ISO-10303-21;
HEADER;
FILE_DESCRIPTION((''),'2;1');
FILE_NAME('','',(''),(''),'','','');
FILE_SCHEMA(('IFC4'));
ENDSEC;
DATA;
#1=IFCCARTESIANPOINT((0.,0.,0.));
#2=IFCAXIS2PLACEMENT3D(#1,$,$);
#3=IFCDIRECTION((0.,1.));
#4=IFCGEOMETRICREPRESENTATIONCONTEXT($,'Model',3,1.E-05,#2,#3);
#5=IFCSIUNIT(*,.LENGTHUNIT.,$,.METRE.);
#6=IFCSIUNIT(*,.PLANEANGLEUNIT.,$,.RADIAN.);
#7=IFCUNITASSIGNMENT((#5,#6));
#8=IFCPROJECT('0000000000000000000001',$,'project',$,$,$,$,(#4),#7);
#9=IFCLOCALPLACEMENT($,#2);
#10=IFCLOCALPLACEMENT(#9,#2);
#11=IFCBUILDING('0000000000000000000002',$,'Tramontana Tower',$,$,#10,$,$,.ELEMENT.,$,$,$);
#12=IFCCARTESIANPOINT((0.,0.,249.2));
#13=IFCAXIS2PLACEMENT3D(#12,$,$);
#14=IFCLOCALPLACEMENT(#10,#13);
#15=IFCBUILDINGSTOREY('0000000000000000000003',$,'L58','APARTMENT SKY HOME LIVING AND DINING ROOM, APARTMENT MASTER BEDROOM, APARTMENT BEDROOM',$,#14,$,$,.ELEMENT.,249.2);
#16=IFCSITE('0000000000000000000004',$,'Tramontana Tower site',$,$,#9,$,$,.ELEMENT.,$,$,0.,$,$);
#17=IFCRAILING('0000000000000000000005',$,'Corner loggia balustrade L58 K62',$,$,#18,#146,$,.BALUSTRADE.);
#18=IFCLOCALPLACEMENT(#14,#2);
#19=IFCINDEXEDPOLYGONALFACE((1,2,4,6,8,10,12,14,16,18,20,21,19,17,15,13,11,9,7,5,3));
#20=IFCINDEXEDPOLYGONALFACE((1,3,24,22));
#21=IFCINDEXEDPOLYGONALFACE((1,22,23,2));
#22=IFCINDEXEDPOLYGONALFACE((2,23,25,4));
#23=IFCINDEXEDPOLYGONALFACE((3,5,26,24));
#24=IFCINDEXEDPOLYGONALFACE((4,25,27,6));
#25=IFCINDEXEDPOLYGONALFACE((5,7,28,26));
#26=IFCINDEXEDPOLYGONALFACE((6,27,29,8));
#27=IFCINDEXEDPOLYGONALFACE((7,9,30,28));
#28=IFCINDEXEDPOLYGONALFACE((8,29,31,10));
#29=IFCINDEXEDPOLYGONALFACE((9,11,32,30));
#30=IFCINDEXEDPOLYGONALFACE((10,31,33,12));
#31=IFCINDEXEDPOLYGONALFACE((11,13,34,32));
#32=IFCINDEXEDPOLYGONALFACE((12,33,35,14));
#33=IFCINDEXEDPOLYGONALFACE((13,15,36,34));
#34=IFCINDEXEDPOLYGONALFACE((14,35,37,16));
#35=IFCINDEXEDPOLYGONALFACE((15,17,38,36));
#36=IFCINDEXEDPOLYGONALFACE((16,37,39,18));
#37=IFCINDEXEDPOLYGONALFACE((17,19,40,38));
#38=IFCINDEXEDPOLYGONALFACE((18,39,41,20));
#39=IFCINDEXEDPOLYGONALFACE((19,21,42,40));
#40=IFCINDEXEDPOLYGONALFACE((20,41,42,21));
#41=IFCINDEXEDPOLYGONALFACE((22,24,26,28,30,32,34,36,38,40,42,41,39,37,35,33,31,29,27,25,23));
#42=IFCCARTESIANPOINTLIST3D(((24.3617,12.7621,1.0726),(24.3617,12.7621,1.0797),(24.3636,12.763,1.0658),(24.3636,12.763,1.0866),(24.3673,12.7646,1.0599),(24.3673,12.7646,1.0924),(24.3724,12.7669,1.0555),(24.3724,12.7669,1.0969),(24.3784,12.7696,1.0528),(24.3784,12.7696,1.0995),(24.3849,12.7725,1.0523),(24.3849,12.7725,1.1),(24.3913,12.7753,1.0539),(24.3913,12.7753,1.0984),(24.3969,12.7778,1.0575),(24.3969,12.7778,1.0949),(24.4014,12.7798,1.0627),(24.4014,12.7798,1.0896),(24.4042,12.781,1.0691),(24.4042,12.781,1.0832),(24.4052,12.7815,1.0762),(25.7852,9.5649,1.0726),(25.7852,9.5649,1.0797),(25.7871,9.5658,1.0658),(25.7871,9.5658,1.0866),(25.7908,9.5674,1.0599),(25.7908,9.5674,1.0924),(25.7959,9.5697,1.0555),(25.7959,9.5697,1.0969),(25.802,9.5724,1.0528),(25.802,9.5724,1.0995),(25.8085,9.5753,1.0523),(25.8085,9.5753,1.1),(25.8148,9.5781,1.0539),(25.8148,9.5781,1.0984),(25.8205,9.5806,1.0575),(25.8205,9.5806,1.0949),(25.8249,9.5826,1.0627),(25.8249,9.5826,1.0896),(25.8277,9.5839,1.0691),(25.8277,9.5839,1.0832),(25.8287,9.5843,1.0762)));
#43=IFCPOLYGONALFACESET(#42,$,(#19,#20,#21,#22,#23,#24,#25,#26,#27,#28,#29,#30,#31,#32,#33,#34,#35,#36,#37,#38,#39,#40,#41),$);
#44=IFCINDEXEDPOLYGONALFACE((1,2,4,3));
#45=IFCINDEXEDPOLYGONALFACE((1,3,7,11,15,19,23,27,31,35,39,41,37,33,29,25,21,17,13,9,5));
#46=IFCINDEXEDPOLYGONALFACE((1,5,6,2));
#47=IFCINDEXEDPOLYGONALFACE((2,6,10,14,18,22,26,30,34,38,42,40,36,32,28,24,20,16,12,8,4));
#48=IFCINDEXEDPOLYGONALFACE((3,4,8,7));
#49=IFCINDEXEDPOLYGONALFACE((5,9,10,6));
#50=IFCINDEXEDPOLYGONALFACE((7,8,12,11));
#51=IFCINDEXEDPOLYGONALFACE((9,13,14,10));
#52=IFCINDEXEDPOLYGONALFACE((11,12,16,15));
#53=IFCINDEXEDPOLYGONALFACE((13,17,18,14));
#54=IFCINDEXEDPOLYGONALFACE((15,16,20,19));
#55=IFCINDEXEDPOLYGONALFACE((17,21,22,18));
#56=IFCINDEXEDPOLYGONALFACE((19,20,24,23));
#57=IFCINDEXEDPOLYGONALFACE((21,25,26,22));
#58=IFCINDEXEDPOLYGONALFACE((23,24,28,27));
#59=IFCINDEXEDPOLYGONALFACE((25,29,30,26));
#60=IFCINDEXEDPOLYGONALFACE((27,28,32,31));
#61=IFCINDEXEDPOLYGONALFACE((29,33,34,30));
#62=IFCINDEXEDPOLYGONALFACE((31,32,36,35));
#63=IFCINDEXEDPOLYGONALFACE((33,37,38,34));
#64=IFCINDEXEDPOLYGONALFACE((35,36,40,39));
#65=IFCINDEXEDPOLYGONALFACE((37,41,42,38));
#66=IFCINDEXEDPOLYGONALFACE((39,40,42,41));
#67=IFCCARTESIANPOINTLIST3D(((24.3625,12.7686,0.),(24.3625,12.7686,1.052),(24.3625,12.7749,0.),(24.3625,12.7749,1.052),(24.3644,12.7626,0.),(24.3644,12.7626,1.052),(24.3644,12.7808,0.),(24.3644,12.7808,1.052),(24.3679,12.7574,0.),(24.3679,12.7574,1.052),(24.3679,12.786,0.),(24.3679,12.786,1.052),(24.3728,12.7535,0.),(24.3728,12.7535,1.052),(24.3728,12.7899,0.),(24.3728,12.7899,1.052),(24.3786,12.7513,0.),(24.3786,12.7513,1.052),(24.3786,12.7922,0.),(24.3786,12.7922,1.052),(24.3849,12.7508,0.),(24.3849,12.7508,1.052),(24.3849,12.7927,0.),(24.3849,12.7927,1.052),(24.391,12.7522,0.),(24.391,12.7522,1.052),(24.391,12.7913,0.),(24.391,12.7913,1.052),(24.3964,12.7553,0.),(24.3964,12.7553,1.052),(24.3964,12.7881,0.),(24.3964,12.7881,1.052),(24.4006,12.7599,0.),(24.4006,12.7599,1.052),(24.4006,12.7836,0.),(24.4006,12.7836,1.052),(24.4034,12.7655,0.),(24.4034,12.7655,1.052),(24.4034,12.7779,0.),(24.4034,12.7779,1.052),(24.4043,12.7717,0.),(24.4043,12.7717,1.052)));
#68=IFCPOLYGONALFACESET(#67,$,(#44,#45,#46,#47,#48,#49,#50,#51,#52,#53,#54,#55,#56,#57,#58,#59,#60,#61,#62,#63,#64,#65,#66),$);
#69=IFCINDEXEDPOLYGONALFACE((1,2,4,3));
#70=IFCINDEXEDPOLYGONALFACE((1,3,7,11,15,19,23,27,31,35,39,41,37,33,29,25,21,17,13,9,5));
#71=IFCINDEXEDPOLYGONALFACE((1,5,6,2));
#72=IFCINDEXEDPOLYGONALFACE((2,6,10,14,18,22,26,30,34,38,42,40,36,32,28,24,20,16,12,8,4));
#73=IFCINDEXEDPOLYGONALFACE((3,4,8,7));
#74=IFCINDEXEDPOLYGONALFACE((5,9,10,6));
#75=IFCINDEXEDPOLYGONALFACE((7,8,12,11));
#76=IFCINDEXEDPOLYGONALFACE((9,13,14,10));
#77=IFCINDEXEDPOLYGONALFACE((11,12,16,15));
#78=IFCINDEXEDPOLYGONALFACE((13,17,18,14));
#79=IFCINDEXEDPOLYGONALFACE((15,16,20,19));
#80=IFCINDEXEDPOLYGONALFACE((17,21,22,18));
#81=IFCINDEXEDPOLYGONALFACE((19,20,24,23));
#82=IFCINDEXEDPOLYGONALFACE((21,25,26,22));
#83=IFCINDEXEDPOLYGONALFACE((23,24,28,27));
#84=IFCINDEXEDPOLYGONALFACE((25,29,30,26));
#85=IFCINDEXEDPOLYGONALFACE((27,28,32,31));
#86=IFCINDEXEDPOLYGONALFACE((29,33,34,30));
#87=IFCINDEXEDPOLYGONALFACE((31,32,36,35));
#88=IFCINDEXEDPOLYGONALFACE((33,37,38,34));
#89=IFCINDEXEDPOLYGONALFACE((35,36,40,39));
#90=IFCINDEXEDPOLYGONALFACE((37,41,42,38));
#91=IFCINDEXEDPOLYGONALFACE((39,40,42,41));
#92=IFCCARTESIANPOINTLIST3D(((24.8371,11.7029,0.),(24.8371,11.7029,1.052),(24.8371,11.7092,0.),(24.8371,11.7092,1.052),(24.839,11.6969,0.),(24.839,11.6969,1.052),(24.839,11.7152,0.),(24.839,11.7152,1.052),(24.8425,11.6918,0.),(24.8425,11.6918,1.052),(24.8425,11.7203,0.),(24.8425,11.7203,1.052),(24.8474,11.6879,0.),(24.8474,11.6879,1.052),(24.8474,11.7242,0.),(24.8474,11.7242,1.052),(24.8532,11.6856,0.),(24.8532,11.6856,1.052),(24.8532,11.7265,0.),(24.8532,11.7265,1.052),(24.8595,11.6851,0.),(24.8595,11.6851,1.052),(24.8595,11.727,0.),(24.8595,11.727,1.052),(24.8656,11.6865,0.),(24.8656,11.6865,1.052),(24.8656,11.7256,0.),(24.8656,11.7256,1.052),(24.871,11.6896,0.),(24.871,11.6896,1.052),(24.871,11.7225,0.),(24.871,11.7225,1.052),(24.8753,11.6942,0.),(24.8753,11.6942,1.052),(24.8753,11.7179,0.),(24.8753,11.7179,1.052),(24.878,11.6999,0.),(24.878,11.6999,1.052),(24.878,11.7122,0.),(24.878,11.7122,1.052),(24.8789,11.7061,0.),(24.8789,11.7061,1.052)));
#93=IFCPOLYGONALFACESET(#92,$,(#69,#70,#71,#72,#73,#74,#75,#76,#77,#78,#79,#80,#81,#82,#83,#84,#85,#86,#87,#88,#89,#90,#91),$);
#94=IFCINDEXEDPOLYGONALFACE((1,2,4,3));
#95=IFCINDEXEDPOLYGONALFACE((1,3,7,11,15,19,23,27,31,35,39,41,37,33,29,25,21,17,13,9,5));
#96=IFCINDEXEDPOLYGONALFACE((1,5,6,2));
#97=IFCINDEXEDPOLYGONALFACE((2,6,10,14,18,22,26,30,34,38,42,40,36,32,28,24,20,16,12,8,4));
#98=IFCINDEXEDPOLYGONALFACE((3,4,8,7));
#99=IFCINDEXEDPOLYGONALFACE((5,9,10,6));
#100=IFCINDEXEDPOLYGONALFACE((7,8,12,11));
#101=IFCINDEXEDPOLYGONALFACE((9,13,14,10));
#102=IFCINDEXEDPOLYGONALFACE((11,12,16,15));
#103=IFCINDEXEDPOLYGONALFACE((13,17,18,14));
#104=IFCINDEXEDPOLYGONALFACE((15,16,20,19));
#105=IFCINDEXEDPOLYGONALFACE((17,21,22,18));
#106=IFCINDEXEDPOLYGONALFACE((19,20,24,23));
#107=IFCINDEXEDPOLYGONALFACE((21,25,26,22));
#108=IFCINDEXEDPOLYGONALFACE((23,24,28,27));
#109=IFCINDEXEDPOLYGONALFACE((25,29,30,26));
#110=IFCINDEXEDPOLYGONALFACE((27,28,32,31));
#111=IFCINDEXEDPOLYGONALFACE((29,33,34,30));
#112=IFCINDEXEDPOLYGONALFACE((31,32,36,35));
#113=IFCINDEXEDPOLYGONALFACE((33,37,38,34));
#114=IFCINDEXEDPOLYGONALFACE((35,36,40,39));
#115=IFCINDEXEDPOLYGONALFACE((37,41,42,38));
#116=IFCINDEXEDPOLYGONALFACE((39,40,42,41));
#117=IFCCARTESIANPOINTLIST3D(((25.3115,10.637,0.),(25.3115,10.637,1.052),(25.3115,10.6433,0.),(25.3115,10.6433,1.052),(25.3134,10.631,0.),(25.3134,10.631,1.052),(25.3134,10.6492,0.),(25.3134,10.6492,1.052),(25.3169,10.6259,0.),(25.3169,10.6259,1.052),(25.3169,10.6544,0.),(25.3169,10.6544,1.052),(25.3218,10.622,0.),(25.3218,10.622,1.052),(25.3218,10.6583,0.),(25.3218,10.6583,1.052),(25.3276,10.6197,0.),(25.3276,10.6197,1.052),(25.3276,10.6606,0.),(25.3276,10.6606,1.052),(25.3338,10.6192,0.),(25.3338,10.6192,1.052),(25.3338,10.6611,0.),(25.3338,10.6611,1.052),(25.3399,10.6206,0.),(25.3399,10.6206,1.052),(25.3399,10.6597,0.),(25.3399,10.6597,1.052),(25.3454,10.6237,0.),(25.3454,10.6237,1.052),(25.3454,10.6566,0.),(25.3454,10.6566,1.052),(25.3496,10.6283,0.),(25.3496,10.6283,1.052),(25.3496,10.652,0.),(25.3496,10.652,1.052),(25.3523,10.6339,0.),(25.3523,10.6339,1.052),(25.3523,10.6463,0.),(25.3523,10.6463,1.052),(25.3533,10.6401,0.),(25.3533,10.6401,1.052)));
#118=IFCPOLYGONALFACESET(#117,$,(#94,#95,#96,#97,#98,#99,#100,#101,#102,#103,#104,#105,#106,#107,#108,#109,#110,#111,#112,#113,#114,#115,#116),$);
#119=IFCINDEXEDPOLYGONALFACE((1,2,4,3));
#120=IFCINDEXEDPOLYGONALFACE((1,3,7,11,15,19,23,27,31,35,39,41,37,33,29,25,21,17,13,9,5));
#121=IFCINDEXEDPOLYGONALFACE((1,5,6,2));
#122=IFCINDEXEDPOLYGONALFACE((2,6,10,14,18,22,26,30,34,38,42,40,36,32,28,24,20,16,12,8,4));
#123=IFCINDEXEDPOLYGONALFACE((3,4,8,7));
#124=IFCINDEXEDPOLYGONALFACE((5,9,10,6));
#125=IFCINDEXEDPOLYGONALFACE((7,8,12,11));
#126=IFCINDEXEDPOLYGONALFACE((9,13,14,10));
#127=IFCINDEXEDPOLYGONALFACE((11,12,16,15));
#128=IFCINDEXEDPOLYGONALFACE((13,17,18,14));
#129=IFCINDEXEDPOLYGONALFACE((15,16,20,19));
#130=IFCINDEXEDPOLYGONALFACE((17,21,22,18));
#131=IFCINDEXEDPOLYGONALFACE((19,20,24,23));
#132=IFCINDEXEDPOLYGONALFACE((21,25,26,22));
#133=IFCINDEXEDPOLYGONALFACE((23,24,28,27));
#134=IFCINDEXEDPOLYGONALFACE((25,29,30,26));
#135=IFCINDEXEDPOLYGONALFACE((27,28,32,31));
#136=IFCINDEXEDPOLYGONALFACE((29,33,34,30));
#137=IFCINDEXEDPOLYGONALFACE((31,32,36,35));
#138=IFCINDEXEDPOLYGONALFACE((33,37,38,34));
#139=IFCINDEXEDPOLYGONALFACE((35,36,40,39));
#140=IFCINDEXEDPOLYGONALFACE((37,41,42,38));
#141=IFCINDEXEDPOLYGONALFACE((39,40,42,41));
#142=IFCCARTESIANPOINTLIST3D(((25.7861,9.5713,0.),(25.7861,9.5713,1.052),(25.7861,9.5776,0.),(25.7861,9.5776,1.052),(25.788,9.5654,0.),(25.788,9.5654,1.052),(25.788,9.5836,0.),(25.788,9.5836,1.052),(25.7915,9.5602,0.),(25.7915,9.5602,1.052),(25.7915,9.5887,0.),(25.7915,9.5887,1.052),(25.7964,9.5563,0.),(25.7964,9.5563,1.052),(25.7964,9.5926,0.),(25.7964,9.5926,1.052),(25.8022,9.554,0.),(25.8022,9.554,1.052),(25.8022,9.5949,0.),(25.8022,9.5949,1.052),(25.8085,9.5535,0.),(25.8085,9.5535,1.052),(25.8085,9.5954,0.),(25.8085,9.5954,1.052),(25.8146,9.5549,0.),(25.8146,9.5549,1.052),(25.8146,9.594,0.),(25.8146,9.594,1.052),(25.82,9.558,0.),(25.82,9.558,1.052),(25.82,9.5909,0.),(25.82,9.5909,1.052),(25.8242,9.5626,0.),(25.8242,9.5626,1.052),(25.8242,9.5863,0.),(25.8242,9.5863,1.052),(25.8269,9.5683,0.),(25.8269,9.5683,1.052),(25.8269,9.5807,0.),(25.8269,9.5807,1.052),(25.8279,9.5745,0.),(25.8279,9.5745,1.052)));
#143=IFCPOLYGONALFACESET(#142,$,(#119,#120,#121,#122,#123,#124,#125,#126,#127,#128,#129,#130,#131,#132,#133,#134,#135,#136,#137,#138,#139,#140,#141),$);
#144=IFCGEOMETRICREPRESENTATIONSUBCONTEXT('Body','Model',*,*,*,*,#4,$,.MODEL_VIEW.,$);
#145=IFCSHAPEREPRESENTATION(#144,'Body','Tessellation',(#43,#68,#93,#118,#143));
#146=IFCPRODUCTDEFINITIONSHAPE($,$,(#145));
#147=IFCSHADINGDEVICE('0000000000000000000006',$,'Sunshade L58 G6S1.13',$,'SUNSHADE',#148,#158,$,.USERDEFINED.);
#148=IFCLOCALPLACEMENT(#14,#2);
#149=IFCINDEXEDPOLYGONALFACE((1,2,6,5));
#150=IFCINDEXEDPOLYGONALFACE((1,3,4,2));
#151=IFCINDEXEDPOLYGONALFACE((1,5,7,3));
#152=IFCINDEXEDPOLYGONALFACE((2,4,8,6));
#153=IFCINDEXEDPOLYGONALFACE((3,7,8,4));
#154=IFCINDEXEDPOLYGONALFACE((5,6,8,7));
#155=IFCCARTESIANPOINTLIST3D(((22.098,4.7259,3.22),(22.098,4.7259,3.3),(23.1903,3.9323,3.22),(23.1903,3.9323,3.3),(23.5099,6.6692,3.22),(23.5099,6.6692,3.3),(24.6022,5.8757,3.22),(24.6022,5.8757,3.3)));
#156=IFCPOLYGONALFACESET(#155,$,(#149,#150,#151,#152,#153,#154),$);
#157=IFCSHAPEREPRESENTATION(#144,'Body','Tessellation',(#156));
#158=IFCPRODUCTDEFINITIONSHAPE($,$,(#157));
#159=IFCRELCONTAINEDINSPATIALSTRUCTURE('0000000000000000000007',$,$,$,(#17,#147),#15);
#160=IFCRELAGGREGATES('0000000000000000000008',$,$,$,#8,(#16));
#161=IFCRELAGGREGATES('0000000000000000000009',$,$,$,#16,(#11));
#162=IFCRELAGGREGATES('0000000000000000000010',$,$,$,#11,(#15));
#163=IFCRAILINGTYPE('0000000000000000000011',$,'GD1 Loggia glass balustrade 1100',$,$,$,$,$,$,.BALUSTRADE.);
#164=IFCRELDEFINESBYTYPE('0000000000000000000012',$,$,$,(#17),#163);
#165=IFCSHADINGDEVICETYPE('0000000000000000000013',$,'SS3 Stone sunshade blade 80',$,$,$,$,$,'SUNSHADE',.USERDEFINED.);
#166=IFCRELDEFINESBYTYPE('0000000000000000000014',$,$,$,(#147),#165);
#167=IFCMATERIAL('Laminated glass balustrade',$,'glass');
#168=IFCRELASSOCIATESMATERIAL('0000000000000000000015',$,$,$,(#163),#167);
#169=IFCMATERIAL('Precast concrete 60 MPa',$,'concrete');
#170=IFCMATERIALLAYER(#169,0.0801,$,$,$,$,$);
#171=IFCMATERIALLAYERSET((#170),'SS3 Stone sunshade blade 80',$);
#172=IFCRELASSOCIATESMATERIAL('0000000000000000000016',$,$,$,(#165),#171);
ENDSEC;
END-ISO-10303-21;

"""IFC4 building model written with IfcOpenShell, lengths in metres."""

from ifc_helpers import new_model, si_unit, direction, frame, origin, origin_2d, place, context, subcontext, project, spatial, rectangle, circle, extrude, material, layer, layer_set, type_object, element, save


model = new_model("IFC4")

# Units and contexts
model_context = context("Model", 3, precision=1e-05, world=origin(), true_north=direction((0.0, 1.0)))
body_context = subcontext(model_context, "Body", "Model", "MODEL_VIEW")
ifc_project = project(units=[si_unit("LENGTHUNIT", "METRE"), si_unit("PLANEANGLEUNIT", "RADIAN")], contexts=[model_context])

# Site, building, storey
site_placement = place(None, origin())
site = spatial("IfcSite", under=ifc_project, at=site_placement, Name="Tramontana Tower site", CompositionType="ELEMENT", RefElevation=0.0)
building_placement = place(site_placement, origin())
building = spatial("IfcBuilding", under=site, at=building_placement, Name="Tramontana Tower", CompositionType="ELEMENT")
storey_placement = place(building_placement, frame((0.0, 0.0, 249.2)))
storey = spatial("IfcBuildingStorey", under=building, at=storey_placement, Name="L58", Description="APARTMENT SKY HOME LIVING AND DINING ROOM, APARTMENT MASTER BEDROOM, APARTMENT BEDROOM", CompositionType="ELEMENT", Elevation=249.2)

# Railing
ifc_material_1 = material(Name="Laminated glass balustrade", Category="glass")
railing_type = type_object("IfcRailingType", Name="GD1 Loggia glass balustrade 1100", PredefinedType="BALUSTRADE", material=ifc_material_1)
railing_1_placement = place(storey_placement, frame((24.3833, 12.7717, 0.0)))
element("IfcRailing", 1, at=railing_1_placement, inside=storey, type_object=railing_type, Name="Corner loggia balustrade L58 K62", PredefinedType="BALUSTRADE", context=body_context, shape_type="SweptSolid", body=[
    extrude(circle(Radius=0.0239, at=origin_2d()), frame((0.0, 0.0, 1.0762), z_axis=(0.406753, -0.913538, 0.0), x_axis=(0.913538, 0.406753, 0.0)), (0.0, 0.0, 1.0), 3.4998),
    extrude(circle(Radius=0.021, at=origin_2d()), origin(), (0.0, 0.0, 1.0), 1.052),
    extrude(circle(Radius=0.021, at=origin_2d()), frame((0.4746, -1.0657, 0.0)), (0.0, 0.0, 1.0), 1.052),
    extrude(circle(Radius=0.021, at=origin_2d()), frame((0.949, -2.1316, 0.0)), (0.0, 0.0, 1.0), 1.052),
    extrude(circle(Radius=0.021, at=origin_2d()), frame((1.4236, -3.1973, 0.0)), (0.0, 0.0, 1.0), 1.052),
])

# Shading device
ifc_material_2 = material(Name="Precast concrete 60 MPa", Category="concrete")
ifc_layer_1 = layer(ifc_material_2, 0.0801)
ifc_layer_set_1 = layer_set([ifc_layer_1], Name="SS3 Stone sunshade blade 80")
shading_device_type = type_object("IfcShadingDeviceType", Name="SS3 Stone sunshade blade 80", ElementType="SUNSHADE", PredefinedType="USERDEFINED", material=ifc_layer_set_1)
shading_device_placement = place(storey_placement, frame((23.3501, 5.3008, 3.22), z_axis=(0.0, 0.0, 1.0), x_axis=(0.587785, 0.809017, 0.0)))
element("IfcShadingDevice", 2, at=shading_device_placement, inside=storey, type_object=shading_device_type, Name="Sunshade L58 G6S1.13", ObjectType="SUNSHADE", PredefinedType="USERDEFINED", context=body_context, shape_type="SweptSolid", body=[
    extrude(rectangle(XDim=2.4021, YDim=1.3501, at=origin_2d()), origin(), (0.0, 0.0, 1.0), 0.0801),
])

save(model, "model.ifc")
